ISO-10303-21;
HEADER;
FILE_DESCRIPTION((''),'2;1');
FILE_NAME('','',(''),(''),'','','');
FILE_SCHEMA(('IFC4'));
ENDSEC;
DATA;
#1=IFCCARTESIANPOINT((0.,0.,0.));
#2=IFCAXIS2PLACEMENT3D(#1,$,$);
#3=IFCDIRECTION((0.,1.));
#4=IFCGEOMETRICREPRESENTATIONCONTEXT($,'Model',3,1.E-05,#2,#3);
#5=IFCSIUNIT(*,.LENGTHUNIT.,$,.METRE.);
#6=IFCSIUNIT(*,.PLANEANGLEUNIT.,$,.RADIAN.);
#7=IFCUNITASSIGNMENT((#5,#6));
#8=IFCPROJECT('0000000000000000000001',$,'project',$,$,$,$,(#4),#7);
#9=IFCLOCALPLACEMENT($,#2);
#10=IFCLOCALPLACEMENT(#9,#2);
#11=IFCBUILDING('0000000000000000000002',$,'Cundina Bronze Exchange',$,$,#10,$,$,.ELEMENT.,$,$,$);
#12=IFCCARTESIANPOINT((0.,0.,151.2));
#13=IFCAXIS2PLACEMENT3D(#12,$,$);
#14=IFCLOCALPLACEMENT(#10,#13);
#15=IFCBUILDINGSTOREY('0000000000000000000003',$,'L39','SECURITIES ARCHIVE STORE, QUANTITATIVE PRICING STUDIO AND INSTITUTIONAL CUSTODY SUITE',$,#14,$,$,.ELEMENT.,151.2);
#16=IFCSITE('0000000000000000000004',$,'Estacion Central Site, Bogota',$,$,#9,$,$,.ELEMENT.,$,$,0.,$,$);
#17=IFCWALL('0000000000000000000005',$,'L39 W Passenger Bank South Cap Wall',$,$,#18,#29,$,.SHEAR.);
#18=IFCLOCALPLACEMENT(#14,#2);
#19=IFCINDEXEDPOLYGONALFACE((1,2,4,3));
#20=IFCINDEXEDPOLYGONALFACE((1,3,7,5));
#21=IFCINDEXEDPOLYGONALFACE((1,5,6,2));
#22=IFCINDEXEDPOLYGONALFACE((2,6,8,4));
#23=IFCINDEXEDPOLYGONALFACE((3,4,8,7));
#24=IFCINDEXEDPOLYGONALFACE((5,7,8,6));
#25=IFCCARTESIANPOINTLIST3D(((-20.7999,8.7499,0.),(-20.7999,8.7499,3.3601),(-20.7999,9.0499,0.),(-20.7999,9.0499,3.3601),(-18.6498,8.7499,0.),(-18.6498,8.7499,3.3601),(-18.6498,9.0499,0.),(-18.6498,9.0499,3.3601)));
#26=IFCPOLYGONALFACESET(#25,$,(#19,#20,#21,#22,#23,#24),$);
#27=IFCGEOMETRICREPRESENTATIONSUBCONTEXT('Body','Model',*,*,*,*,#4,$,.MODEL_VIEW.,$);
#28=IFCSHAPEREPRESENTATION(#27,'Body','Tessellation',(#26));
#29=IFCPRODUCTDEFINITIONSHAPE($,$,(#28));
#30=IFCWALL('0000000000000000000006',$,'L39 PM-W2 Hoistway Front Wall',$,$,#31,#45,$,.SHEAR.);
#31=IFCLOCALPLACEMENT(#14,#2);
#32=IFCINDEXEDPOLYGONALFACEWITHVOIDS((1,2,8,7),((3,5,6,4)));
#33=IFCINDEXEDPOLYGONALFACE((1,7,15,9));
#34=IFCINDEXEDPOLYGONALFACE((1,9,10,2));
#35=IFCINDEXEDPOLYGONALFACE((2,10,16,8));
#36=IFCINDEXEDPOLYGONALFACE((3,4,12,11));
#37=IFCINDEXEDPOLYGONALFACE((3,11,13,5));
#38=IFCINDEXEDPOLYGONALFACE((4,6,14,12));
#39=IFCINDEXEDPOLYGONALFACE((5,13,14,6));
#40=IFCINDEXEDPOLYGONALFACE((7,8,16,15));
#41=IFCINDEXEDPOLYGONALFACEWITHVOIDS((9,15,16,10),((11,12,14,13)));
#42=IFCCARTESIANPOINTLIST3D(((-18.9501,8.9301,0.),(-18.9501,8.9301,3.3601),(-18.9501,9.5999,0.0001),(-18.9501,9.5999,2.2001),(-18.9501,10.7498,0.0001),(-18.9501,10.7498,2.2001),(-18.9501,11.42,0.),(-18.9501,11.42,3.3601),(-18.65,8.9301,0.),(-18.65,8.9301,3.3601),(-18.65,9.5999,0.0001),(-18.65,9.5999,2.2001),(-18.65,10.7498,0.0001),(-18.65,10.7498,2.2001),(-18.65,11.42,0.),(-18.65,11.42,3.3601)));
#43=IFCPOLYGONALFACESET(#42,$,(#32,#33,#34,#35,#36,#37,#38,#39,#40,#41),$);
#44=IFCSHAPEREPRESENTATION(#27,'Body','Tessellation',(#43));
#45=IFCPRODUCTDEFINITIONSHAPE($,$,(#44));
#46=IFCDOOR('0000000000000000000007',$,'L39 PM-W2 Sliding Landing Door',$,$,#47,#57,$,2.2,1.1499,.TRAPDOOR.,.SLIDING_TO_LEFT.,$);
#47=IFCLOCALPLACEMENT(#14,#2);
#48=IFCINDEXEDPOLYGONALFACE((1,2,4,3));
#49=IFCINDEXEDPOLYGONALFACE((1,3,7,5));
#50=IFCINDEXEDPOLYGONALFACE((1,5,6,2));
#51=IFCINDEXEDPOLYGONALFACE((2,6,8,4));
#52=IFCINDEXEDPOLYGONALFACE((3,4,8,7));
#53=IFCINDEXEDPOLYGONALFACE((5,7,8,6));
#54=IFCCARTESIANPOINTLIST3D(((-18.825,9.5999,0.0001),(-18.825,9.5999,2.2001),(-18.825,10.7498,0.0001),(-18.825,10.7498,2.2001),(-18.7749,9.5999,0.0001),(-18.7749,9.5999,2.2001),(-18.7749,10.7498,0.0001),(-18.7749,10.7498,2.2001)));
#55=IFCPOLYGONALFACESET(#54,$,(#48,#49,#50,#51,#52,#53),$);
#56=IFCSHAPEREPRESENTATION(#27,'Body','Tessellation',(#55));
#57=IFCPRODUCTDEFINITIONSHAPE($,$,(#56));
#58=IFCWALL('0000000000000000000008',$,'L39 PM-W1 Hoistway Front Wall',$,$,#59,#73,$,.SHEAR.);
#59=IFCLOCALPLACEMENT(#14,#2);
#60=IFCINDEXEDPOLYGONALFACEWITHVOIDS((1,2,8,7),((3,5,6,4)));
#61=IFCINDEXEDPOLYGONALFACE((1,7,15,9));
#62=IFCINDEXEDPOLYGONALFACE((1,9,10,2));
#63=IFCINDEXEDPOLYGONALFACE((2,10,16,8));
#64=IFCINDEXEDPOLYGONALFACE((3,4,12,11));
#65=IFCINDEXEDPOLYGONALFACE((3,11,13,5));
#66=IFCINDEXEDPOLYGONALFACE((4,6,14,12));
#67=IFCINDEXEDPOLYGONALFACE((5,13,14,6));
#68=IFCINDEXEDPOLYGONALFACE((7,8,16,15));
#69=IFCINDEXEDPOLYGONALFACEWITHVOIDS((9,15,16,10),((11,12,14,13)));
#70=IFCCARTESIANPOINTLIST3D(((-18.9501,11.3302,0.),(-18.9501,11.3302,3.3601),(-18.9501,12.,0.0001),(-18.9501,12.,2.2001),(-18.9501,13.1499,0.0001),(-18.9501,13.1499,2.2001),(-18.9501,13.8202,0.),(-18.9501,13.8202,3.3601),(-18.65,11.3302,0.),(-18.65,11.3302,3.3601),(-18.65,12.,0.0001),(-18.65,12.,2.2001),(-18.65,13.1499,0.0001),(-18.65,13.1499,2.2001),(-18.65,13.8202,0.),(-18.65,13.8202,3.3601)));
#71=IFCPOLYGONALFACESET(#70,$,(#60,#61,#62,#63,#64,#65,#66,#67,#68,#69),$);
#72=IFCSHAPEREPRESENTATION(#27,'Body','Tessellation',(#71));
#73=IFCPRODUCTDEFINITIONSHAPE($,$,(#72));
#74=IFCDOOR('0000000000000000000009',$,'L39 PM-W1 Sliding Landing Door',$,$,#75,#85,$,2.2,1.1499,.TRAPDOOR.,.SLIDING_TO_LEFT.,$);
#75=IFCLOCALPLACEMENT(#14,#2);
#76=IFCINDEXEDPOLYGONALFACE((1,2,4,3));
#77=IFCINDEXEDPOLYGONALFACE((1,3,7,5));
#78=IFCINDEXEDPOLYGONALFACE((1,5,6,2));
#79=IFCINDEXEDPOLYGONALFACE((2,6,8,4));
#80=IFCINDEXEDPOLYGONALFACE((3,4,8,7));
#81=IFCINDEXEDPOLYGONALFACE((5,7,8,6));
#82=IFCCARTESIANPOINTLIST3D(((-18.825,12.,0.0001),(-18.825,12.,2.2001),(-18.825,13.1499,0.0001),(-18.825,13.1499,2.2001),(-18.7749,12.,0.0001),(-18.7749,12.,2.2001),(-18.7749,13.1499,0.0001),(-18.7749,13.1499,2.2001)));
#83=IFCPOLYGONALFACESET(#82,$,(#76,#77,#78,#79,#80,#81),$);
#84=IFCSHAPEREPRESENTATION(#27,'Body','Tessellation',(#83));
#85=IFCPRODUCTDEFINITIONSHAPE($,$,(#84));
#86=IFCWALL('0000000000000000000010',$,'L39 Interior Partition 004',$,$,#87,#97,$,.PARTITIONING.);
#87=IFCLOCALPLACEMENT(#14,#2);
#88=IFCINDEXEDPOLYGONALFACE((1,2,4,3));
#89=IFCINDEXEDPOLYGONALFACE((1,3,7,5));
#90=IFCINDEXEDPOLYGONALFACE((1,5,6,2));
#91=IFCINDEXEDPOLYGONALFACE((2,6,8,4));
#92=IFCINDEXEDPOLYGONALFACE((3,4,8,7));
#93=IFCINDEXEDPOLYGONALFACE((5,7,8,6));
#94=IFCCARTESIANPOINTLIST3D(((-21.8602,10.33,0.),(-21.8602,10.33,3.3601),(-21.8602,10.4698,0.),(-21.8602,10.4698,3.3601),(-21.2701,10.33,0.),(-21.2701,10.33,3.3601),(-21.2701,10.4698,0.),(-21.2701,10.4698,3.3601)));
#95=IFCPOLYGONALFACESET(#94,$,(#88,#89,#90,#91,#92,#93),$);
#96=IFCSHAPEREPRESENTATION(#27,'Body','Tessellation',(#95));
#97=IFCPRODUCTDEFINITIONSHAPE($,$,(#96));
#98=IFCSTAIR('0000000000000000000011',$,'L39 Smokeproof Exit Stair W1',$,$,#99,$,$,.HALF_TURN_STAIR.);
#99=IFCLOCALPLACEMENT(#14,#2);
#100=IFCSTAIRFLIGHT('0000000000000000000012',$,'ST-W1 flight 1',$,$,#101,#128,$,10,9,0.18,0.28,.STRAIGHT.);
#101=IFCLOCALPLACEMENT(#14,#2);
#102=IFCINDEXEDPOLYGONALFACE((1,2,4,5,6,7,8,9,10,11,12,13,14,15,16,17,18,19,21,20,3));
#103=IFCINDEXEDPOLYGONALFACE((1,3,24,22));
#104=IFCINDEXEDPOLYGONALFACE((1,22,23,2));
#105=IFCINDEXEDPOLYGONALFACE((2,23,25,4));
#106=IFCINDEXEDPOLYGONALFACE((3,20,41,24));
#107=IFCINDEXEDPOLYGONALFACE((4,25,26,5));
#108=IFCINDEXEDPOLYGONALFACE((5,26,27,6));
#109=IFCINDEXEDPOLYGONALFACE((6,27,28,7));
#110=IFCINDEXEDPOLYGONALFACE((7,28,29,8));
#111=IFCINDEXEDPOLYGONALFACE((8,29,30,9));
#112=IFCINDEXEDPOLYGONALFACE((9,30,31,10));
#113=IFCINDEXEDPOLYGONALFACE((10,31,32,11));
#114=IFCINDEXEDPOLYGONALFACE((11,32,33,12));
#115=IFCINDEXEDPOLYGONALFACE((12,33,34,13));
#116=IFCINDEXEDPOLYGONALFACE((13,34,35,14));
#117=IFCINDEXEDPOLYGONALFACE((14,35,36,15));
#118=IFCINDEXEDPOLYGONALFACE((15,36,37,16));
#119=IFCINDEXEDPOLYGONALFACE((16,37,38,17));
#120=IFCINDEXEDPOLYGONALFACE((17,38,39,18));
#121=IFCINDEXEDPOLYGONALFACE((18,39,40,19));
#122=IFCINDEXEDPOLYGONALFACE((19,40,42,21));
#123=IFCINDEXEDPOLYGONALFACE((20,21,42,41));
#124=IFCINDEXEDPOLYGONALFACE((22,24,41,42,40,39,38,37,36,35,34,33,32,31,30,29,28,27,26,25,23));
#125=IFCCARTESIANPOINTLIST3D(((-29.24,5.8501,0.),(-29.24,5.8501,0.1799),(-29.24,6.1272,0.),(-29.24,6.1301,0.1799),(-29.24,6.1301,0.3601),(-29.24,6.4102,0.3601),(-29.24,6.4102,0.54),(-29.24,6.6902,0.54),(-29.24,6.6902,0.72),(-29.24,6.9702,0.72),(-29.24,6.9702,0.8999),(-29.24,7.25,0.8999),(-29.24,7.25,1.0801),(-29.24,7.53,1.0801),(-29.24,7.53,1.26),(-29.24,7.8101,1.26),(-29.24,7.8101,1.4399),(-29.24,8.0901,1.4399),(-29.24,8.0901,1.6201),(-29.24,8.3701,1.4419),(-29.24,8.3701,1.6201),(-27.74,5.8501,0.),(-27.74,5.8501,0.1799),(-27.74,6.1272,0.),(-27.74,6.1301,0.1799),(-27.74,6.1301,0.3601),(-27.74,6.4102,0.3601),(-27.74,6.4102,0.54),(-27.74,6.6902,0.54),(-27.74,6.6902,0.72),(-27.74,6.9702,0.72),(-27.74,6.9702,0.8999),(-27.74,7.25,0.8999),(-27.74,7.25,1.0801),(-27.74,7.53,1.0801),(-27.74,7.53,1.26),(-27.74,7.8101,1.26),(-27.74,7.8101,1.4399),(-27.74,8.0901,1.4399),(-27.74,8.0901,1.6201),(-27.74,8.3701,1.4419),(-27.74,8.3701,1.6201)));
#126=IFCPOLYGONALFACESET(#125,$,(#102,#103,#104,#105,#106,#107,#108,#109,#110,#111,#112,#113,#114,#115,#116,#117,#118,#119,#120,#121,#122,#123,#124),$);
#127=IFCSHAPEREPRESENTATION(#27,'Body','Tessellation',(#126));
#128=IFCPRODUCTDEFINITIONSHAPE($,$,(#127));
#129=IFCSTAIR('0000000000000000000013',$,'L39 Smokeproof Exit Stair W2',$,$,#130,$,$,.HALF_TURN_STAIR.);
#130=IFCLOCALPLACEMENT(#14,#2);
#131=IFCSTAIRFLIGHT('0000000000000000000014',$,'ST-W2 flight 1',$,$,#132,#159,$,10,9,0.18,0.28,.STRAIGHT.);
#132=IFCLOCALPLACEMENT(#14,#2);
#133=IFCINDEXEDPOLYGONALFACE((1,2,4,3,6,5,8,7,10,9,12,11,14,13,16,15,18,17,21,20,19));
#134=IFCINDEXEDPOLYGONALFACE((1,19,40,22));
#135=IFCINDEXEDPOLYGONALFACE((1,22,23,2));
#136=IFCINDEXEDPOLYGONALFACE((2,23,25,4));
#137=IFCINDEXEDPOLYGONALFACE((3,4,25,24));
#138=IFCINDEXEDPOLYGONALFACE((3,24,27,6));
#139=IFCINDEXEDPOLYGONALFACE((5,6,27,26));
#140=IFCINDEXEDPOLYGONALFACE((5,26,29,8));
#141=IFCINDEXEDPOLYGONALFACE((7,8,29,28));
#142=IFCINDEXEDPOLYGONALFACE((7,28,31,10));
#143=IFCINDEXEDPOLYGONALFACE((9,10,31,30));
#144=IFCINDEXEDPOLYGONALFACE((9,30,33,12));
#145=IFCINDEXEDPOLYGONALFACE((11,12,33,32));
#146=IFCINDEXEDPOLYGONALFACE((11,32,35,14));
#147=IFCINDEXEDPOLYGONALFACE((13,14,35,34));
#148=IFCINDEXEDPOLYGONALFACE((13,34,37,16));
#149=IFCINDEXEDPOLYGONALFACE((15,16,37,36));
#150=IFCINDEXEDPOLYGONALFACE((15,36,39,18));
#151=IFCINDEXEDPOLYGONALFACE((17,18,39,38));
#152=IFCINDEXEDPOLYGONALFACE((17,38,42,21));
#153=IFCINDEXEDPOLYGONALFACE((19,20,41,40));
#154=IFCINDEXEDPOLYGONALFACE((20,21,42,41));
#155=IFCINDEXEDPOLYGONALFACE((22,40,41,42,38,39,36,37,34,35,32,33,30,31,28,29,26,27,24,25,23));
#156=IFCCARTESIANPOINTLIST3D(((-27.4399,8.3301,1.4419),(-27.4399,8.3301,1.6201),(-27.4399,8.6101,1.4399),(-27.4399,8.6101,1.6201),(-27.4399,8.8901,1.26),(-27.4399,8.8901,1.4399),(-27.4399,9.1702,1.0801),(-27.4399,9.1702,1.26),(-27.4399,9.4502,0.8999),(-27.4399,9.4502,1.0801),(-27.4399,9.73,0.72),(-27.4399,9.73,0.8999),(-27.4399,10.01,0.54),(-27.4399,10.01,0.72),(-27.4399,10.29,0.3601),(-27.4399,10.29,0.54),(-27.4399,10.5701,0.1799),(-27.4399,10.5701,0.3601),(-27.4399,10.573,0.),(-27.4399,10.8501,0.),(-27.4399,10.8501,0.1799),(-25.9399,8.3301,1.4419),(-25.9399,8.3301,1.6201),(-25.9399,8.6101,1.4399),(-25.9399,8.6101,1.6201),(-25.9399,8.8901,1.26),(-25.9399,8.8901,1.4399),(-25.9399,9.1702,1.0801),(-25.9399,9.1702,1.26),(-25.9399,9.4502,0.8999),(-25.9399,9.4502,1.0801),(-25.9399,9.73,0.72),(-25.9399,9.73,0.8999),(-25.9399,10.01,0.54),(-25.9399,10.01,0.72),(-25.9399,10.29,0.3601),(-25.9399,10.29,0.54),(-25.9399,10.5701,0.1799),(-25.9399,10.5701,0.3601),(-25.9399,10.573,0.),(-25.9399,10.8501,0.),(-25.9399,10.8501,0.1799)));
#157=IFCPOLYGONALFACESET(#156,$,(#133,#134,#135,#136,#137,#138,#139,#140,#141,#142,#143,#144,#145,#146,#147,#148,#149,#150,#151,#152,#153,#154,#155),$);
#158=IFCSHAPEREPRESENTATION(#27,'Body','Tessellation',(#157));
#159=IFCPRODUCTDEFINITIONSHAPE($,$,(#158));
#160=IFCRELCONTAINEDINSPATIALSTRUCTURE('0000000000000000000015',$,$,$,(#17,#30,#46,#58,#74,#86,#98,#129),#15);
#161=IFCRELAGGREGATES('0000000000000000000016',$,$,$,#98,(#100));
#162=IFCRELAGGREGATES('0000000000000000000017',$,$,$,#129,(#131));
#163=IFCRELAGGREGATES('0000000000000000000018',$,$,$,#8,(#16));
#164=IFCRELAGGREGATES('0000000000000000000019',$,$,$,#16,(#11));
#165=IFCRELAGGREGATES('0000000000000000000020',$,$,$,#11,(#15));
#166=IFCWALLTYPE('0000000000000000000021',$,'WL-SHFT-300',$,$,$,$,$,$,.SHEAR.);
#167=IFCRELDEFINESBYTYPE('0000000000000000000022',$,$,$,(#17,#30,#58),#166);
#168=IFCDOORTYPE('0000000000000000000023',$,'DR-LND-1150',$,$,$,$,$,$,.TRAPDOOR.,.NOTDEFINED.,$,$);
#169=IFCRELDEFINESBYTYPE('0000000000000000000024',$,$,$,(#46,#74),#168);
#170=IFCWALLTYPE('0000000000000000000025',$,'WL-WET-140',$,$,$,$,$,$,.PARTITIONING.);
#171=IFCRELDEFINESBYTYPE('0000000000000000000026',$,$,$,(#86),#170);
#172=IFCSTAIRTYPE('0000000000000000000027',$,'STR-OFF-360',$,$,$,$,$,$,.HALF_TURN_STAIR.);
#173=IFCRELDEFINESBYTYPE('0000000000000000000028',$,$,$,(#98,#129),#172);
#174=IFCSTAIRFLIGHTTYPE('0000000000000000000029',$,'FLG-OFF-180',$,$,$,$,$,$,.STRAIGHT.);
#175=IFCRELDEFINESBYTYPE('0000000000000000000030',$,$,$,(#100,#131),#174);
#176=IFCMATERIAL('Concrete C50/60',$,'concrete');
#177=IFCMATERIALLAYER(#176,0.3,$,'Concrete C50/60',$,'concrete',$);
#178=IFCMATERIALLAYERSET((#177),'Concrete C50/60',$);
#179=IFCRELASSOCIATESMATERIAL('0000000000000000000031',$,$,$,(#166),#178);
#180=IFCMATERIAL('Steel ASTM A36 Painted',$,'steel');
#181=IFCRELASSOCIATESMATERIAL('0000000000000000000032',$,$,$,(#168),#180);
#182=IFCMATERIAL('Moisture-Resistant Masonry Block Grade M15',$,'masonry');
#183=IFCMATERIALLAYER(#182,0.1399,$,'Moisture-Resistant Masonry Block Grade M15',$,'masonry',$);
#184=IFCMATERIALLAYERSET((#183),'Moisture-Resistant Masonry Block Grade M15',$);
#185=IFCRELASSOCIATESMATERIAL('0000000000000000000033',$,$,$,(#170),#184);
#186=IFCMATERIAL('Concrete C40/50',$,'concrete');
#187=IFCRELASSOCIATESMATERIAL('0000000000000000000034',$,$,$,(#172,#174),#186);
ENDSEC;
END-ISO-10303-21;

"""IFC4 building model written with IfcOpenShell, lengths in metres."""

from ifc_helpers import new_model, si_unit, direction, frame, frame_2d, origin, place, context, subcontext, project, spatial, polyline, rectangle, outline, extrude, material, layer, layer_set, type_object, element, fill, aggregate, save


model = new_model("IFC4")

# Units and contexts
model_context = context("Model", 3, precision=1e-05, world=origin(), true_north=direction((0.0, 1.0)))
body_context = subcontext(model_context, "Body", "Model", "MODEL_VIEW")
ifc_project = project(units=[si_unit("LENGTHUNIT", "METRE"), si_unit("PLANEANGLEUNIT", "RADIAN")], contexts=[model_context])

# Site, building, storey
site_placement = place(None, origin())
site = spatial("IfcSite", under=ifc_project, at=site_placement, Name="Estacion Central Site, Bogota", CompositionType="ELEMENT", RefElevation=0.0)
building_placement = place(site_placement, origin())
building = spatial("IfcBuilding", under=site, at=building_placement, Name="Cundina Bronze Exchange", CompositionType="ELEMENT")
storey_placement = place(building_placement, frame((0.0, 0.0, 151.2)))
storey = spatial("IfcBuildingStorey", under=building, at=storey_placement, Name="L39", Description="SECURITIES ARCHIVE STORE, QUANTITATIVE PRICING STUDIO AND INSTITUTIONAL CUSTODY SUITE", CompositionType="ELEMENT", Elevation=151.2)

# Shared definitions
ifc_material_1 = material(Name="Concrete C50/60", Category="concrete")

# Shared definitions
ifc_layer_1 = layer(ifc_material_1, 0.3, Name="Concrete C50/60", Category="concrete")
ifc_layer_set_1 = layer_set([ifc_layer_1], Name="Concrete C50/60")
wall_type_1 = type_object("IfcWallType", Name="WL-SHFT-300", PredefinedType="SHEAR", material=ifc_layer_set_1)
ifc_material_2 = material(Name="Steel ASTM A36 Painted", Category="steel")
door_type = type_object("IfcDoorType", Name="DR-LND-1150", OperationType="NOTDEFINED", PredefinedType="TRAPDOOR", material=ifc_material_2)

# Wall
wall_1_placement = place(storey_placement, frame((-20.8, 8.8999, 0.0), z_axis=(0.0, 0.0, 1.0), x_axis=(1.0, 0.0, 0.0)))
element("IfcWall", 1, at=wall_1_placement, inside=storey, type_object=wall_type_1, Name="L39 W Passenger Bank South Cap Wall", PredefinedType="SHEAR", context=body_context, shape_type="SweptSolid", body=[
    extrude(rectangle(XDim=2.1501, YDim=0.3, at=frame_2d((1.0752, 0.0))), origin(), (0.0, 0.0, 1.0), 3.3601),
])

# Walls, openings, doors
wall_2_placement = place(storey_placement, frame((-18.8, 8.9299, 0.0), z_axis=(0.0, 0.0, 1.0), x_axis=(0.0, 1.0, 0.0)))
wall_2 = element("IfcWall", 2, at=wall_2_placement, inside=storey, type_object=wall_type_1, Name="L39 PM-W2 Hoistway Front Wall", PredefinedType="SHEAR", context=body_context, shape_type="SweptSolid", body=[
    extrude(rectangle(XDim=2.49, YDim=0.3, at=frame_2d((1.2451, 0.0))), origin(), (0.0, 0.0, 1.0), 3.3601),
])
opening_1_placement = place(wall_2_placement, frame((0.6699, 0.0, 0.0)))
opening_1 = element("IfcOpeningElement", 3, at=opening_1_placement, cuts=wall_2, PredefinedType="OPENING", context=body_context, shape_type="SweptSolid", body=[
    extrude(rectangle(XDim=1.1499, YDim=2.2, at=frame_2d((0.575, 1.1001))), frame((0.0, 0.1599, 0.0), z_axis=(0.0, -1.0, 0.0), x_axis=(1.0, 0.0, 0.0)), (0.0, 0.0, 1.0), 0.3201),
])
door_1_placement = place(opening_1_placement, origin())
door_1 = element("IfcDoor", 4, at=door_1_placement, inside=storey, type_object=door_type, Name="L39 PM-W2 Sliding Landing Door", OperationType="SLIDING_TO_LEFT", OverallHeight=2.2, OverallWidth=1.1499, PredefinedType="TRAPDOOR", context=body_context, shape_type="SweptSolid", body=[
    extrude(rectangle(XDim=1.1499, YDim=2.2, at=frame_2d((0.575, 1.1001))), frame((0.0, 0.0249, 0.0), z_axis=(0.0, -1.0, 0.0), x_axis=(1.0, 0.0, 0.0)), (0.0, 0.0, 1.0), 0.05),
])
fill(opening_1, door_1)
wall_3_placement = place(storey_placement, frame((-18.8, 11.3301, 0.0), z_axis=(0.0, 0.0, 1.0), x_axis=(0.0, 1.0, 0.0)))
wall_3 = element("IfcWall", 5, at=wall_3_placement, inside=storey, type_object=wall_type_1, Name="L39 PM-W1 Hoistway Front Wall", PredefinedType="SHEAR", context=body_context, shape_type="SweptSolid", body=[
    extrude(rectangle(XDim=2.49, YDim=0.3, at=frame_2d((1.2451, 0.0))), origin(), (0.0, 0.0, 1.0), 3.3601),
])
opening_2_placement = place(wall_3_placement, frame((0.6699, 0.0, 0.0)))
opening_2 = element("IfcOpeningElement", 6, at=opening_2_placement, cuts=wall_3, PredefinedType="OPENING", context=body_context, shape_type="SweptSolid", body=[
    extrude(rectangle(XDim=1.1499, YDim=2.2, at=frame_2d((0.575, 1.1001))), frame((0.0, 0.1599, 0.0), z_axis=(0.0, -1.0, 0.0), x_axis=(1.0, 0.0, 0.0)), (0.0, 0.0, 1.0), 0.3201),
])
door_2_placement = place(opening_2_placement, origin())
door_2 = element("IfcDoor", 7, at=door_2_placement, inside=storey, type_object=door_type, Name="L39 PM-W1 Sliding Landing Door", OperationType="SLIDING_TO_LEFT", OverallHeight=2.2, OverallWidth=1.1499, PredefinedType="TRAPDOOR", context=body_context, shape_type="SweptSolid", body=[
    extrude(rectangle(XDim=1.1499, YDim=2.2, at=frame_2d((0.575, 1.1001))), frame((0.0, 0.0249, 0.0), z_axis=(0.0, -1.0, 0.0), x_axis=(1.0, 0.0, 0.0)), (0.0, 0.0, 1.0), 0.05),
])
fill(opening_2, door_2)

# Wall
ifc_material_3 = material(Name="Moisture-Resistant Masonry Block Grade M15", Category="masonry")
ifc_layer_2 = layer(ifc_material_3, 0.1399, Name="Moisture-Resistant Masonry Block Grade M15", Category="masonry")
ifc_layer_set_2 = layer_set([ifc_layer_2], Name="Moisture-Resistant Masonry Block Grade M15")
wall_type_2 = type_object("IfcWallType", Name="WL-WET-140", PredefinedType="PARTITIONING", material=ifc_layer_set_2)
wall_4_placement = place(storey_placement, frame((-21.8601, 10.3999, 0.0), z_axis=(0.0, 0.0, 1.0), x_axis=(1.0, 0.0, 0.0)))
element("IfcWall", 8, at=wall_4_placement, inside=storey, type_object=wall_type_2, Name="L39 Interior Partition 004", PredefinedType="PARTITIONING", context=body_context, shape_type="SweptSolid", body=[
    extrude(rectangle(XDim=0.5901, YDim=0.1399, at=frame_2d((0.2949, 0.0))), origin(), (0.0, 0.0, 1.0), 3.3601),
])

# Stair, stair flight
ifc_material_4 = material(Name="Concrete C40/50", Category="concrete")
stair_type = type_object("IfcStairType", Name="STR-OFF-360", PredefinedType="HALF_TURN_STAIR", material=ifc_material_4)
stair_1_placement = place(storey_placement, origin())
stair_1 = element("IfcStair", 9, at=stair_1_placement, inside=storey, type_object=stair_type, Name="L39 Smokeproof Exit Stair W1", PredefinedType="HALF_TURN_STAIR")
stair_flight_type = type_object("IfcStairFlightType", Name="FLG-OFF-180", PredefinedType="STRAIGHT", material=ifc_material_4)
stair_flight_1_placement = place(storey_placement, frame((-28.49, 5.8501, 0.0), z_axis=(0.0, 0.0, 1.0), x_axis=(0.0, 1.0, 0.0)))
stair_flight_1 = element("IfcStairFlight", 10, at=stair_flight_1_placement, type_object=stair_flight_type, Name="ST-W1 flight 1", NumberOfRisers=10, NumberOfTreads=9, PredefinedType="STRAIGHT", RiserHeight=0.18, TreadLength=0.28, context=body_context, shape_type="SweptSolid", body=[
    extrude(outline(polyline([(0.0, 0.0), (0.0, 0.1799), (0.28, 0.1799), (0.28, 0.3601), (0.5601, 0.3601), (0.5601, 0.54), (0.8401, 0.54), (0.8401, 0.72), (1.1201, 0.72), (1.1201, 0.8999), (1.3999, 0.8999), (1.3999, 1.0801), (1.6799, 1.0801), (1.6799, 1.26), (1.96, 1.26), (1.96, 1.4399), (2.24, 1.4399), (2.24, 1.6201), (2.52, 1.6201), (2.52, 1.8), (2.52, 1.4419), (0.2771, 0.0), (0.0, 0.0)])), frame((0.0, 0.75, 0.0), z_axis=(0.0, -1.0, 0.0), x_axis=(1.0, 0.0, 0.0)), (0.0, 0.0, 1.0), 1.5),
])
aggregate(stair_1, [stair_flight_1])

# Stair, stair flight
stair_2_placement = place(storey_placement, origin())
stair_2 = element("IfcStair", 11, at=stair_2_placement, inside=storey, type_object=stair_type, Name="L39 Smokeproof Exit Stair W2", PredefinedType="HALF_TURN_STAIR")
stair_flight_2_placement = place(storey_placement, frame((-26.6899, 10.8501, 0.0), z_axis=(0.0, 0.0, 1.0), x_axis=(0.0, -1.0, 0.0)))
stair_flight_2 = element("IfcStairFlight", 12, at=stair_flight_2_placement, type_object=stair_flight_type, Name="ST-W2 flight 1", NumberOfRisers=10, NumberOfTreads=9, PredefinedType="STRAIGHT", RiserHeight=0.18, TreadLength=0.28, context=body_context, shape_type="SweptSolid", body=[
    extrude(outline(polyline([(0.0, 0.0), (0.0, 0.1799), (0.28, 0.1799), (0.28, 0.3601), (0.5601, 0.3601), (0.5601, 0.54), (0.8401, 0.54), (0.8401, 0.72), (1.1201, 0.72), (1.1201, 0.8999), (1.3999, 0.8999), (1.3999, 1.0801), (1.6799, 1.0801), (1.6799, 1.26), (1.96, 1.26), (1.96, 1.4399), (2.24, 1.4399), (2.24, 1.6201), (2.52, 1.6201), (2.52, 1.8), (2.52, 1.4419), (0.2771, 0.0), (0.0, 0.0)])), frame((0.0, 0.75, 0.0), z_axis=(0.0, -1.0, 0.0), x_axis=(1.0, 0.0, 0.0)), (0.0, 0.0, 1.0), 1.5),
])
aggregate(stair_2, [stair_flight_2])

save(model, "model.ifc")
